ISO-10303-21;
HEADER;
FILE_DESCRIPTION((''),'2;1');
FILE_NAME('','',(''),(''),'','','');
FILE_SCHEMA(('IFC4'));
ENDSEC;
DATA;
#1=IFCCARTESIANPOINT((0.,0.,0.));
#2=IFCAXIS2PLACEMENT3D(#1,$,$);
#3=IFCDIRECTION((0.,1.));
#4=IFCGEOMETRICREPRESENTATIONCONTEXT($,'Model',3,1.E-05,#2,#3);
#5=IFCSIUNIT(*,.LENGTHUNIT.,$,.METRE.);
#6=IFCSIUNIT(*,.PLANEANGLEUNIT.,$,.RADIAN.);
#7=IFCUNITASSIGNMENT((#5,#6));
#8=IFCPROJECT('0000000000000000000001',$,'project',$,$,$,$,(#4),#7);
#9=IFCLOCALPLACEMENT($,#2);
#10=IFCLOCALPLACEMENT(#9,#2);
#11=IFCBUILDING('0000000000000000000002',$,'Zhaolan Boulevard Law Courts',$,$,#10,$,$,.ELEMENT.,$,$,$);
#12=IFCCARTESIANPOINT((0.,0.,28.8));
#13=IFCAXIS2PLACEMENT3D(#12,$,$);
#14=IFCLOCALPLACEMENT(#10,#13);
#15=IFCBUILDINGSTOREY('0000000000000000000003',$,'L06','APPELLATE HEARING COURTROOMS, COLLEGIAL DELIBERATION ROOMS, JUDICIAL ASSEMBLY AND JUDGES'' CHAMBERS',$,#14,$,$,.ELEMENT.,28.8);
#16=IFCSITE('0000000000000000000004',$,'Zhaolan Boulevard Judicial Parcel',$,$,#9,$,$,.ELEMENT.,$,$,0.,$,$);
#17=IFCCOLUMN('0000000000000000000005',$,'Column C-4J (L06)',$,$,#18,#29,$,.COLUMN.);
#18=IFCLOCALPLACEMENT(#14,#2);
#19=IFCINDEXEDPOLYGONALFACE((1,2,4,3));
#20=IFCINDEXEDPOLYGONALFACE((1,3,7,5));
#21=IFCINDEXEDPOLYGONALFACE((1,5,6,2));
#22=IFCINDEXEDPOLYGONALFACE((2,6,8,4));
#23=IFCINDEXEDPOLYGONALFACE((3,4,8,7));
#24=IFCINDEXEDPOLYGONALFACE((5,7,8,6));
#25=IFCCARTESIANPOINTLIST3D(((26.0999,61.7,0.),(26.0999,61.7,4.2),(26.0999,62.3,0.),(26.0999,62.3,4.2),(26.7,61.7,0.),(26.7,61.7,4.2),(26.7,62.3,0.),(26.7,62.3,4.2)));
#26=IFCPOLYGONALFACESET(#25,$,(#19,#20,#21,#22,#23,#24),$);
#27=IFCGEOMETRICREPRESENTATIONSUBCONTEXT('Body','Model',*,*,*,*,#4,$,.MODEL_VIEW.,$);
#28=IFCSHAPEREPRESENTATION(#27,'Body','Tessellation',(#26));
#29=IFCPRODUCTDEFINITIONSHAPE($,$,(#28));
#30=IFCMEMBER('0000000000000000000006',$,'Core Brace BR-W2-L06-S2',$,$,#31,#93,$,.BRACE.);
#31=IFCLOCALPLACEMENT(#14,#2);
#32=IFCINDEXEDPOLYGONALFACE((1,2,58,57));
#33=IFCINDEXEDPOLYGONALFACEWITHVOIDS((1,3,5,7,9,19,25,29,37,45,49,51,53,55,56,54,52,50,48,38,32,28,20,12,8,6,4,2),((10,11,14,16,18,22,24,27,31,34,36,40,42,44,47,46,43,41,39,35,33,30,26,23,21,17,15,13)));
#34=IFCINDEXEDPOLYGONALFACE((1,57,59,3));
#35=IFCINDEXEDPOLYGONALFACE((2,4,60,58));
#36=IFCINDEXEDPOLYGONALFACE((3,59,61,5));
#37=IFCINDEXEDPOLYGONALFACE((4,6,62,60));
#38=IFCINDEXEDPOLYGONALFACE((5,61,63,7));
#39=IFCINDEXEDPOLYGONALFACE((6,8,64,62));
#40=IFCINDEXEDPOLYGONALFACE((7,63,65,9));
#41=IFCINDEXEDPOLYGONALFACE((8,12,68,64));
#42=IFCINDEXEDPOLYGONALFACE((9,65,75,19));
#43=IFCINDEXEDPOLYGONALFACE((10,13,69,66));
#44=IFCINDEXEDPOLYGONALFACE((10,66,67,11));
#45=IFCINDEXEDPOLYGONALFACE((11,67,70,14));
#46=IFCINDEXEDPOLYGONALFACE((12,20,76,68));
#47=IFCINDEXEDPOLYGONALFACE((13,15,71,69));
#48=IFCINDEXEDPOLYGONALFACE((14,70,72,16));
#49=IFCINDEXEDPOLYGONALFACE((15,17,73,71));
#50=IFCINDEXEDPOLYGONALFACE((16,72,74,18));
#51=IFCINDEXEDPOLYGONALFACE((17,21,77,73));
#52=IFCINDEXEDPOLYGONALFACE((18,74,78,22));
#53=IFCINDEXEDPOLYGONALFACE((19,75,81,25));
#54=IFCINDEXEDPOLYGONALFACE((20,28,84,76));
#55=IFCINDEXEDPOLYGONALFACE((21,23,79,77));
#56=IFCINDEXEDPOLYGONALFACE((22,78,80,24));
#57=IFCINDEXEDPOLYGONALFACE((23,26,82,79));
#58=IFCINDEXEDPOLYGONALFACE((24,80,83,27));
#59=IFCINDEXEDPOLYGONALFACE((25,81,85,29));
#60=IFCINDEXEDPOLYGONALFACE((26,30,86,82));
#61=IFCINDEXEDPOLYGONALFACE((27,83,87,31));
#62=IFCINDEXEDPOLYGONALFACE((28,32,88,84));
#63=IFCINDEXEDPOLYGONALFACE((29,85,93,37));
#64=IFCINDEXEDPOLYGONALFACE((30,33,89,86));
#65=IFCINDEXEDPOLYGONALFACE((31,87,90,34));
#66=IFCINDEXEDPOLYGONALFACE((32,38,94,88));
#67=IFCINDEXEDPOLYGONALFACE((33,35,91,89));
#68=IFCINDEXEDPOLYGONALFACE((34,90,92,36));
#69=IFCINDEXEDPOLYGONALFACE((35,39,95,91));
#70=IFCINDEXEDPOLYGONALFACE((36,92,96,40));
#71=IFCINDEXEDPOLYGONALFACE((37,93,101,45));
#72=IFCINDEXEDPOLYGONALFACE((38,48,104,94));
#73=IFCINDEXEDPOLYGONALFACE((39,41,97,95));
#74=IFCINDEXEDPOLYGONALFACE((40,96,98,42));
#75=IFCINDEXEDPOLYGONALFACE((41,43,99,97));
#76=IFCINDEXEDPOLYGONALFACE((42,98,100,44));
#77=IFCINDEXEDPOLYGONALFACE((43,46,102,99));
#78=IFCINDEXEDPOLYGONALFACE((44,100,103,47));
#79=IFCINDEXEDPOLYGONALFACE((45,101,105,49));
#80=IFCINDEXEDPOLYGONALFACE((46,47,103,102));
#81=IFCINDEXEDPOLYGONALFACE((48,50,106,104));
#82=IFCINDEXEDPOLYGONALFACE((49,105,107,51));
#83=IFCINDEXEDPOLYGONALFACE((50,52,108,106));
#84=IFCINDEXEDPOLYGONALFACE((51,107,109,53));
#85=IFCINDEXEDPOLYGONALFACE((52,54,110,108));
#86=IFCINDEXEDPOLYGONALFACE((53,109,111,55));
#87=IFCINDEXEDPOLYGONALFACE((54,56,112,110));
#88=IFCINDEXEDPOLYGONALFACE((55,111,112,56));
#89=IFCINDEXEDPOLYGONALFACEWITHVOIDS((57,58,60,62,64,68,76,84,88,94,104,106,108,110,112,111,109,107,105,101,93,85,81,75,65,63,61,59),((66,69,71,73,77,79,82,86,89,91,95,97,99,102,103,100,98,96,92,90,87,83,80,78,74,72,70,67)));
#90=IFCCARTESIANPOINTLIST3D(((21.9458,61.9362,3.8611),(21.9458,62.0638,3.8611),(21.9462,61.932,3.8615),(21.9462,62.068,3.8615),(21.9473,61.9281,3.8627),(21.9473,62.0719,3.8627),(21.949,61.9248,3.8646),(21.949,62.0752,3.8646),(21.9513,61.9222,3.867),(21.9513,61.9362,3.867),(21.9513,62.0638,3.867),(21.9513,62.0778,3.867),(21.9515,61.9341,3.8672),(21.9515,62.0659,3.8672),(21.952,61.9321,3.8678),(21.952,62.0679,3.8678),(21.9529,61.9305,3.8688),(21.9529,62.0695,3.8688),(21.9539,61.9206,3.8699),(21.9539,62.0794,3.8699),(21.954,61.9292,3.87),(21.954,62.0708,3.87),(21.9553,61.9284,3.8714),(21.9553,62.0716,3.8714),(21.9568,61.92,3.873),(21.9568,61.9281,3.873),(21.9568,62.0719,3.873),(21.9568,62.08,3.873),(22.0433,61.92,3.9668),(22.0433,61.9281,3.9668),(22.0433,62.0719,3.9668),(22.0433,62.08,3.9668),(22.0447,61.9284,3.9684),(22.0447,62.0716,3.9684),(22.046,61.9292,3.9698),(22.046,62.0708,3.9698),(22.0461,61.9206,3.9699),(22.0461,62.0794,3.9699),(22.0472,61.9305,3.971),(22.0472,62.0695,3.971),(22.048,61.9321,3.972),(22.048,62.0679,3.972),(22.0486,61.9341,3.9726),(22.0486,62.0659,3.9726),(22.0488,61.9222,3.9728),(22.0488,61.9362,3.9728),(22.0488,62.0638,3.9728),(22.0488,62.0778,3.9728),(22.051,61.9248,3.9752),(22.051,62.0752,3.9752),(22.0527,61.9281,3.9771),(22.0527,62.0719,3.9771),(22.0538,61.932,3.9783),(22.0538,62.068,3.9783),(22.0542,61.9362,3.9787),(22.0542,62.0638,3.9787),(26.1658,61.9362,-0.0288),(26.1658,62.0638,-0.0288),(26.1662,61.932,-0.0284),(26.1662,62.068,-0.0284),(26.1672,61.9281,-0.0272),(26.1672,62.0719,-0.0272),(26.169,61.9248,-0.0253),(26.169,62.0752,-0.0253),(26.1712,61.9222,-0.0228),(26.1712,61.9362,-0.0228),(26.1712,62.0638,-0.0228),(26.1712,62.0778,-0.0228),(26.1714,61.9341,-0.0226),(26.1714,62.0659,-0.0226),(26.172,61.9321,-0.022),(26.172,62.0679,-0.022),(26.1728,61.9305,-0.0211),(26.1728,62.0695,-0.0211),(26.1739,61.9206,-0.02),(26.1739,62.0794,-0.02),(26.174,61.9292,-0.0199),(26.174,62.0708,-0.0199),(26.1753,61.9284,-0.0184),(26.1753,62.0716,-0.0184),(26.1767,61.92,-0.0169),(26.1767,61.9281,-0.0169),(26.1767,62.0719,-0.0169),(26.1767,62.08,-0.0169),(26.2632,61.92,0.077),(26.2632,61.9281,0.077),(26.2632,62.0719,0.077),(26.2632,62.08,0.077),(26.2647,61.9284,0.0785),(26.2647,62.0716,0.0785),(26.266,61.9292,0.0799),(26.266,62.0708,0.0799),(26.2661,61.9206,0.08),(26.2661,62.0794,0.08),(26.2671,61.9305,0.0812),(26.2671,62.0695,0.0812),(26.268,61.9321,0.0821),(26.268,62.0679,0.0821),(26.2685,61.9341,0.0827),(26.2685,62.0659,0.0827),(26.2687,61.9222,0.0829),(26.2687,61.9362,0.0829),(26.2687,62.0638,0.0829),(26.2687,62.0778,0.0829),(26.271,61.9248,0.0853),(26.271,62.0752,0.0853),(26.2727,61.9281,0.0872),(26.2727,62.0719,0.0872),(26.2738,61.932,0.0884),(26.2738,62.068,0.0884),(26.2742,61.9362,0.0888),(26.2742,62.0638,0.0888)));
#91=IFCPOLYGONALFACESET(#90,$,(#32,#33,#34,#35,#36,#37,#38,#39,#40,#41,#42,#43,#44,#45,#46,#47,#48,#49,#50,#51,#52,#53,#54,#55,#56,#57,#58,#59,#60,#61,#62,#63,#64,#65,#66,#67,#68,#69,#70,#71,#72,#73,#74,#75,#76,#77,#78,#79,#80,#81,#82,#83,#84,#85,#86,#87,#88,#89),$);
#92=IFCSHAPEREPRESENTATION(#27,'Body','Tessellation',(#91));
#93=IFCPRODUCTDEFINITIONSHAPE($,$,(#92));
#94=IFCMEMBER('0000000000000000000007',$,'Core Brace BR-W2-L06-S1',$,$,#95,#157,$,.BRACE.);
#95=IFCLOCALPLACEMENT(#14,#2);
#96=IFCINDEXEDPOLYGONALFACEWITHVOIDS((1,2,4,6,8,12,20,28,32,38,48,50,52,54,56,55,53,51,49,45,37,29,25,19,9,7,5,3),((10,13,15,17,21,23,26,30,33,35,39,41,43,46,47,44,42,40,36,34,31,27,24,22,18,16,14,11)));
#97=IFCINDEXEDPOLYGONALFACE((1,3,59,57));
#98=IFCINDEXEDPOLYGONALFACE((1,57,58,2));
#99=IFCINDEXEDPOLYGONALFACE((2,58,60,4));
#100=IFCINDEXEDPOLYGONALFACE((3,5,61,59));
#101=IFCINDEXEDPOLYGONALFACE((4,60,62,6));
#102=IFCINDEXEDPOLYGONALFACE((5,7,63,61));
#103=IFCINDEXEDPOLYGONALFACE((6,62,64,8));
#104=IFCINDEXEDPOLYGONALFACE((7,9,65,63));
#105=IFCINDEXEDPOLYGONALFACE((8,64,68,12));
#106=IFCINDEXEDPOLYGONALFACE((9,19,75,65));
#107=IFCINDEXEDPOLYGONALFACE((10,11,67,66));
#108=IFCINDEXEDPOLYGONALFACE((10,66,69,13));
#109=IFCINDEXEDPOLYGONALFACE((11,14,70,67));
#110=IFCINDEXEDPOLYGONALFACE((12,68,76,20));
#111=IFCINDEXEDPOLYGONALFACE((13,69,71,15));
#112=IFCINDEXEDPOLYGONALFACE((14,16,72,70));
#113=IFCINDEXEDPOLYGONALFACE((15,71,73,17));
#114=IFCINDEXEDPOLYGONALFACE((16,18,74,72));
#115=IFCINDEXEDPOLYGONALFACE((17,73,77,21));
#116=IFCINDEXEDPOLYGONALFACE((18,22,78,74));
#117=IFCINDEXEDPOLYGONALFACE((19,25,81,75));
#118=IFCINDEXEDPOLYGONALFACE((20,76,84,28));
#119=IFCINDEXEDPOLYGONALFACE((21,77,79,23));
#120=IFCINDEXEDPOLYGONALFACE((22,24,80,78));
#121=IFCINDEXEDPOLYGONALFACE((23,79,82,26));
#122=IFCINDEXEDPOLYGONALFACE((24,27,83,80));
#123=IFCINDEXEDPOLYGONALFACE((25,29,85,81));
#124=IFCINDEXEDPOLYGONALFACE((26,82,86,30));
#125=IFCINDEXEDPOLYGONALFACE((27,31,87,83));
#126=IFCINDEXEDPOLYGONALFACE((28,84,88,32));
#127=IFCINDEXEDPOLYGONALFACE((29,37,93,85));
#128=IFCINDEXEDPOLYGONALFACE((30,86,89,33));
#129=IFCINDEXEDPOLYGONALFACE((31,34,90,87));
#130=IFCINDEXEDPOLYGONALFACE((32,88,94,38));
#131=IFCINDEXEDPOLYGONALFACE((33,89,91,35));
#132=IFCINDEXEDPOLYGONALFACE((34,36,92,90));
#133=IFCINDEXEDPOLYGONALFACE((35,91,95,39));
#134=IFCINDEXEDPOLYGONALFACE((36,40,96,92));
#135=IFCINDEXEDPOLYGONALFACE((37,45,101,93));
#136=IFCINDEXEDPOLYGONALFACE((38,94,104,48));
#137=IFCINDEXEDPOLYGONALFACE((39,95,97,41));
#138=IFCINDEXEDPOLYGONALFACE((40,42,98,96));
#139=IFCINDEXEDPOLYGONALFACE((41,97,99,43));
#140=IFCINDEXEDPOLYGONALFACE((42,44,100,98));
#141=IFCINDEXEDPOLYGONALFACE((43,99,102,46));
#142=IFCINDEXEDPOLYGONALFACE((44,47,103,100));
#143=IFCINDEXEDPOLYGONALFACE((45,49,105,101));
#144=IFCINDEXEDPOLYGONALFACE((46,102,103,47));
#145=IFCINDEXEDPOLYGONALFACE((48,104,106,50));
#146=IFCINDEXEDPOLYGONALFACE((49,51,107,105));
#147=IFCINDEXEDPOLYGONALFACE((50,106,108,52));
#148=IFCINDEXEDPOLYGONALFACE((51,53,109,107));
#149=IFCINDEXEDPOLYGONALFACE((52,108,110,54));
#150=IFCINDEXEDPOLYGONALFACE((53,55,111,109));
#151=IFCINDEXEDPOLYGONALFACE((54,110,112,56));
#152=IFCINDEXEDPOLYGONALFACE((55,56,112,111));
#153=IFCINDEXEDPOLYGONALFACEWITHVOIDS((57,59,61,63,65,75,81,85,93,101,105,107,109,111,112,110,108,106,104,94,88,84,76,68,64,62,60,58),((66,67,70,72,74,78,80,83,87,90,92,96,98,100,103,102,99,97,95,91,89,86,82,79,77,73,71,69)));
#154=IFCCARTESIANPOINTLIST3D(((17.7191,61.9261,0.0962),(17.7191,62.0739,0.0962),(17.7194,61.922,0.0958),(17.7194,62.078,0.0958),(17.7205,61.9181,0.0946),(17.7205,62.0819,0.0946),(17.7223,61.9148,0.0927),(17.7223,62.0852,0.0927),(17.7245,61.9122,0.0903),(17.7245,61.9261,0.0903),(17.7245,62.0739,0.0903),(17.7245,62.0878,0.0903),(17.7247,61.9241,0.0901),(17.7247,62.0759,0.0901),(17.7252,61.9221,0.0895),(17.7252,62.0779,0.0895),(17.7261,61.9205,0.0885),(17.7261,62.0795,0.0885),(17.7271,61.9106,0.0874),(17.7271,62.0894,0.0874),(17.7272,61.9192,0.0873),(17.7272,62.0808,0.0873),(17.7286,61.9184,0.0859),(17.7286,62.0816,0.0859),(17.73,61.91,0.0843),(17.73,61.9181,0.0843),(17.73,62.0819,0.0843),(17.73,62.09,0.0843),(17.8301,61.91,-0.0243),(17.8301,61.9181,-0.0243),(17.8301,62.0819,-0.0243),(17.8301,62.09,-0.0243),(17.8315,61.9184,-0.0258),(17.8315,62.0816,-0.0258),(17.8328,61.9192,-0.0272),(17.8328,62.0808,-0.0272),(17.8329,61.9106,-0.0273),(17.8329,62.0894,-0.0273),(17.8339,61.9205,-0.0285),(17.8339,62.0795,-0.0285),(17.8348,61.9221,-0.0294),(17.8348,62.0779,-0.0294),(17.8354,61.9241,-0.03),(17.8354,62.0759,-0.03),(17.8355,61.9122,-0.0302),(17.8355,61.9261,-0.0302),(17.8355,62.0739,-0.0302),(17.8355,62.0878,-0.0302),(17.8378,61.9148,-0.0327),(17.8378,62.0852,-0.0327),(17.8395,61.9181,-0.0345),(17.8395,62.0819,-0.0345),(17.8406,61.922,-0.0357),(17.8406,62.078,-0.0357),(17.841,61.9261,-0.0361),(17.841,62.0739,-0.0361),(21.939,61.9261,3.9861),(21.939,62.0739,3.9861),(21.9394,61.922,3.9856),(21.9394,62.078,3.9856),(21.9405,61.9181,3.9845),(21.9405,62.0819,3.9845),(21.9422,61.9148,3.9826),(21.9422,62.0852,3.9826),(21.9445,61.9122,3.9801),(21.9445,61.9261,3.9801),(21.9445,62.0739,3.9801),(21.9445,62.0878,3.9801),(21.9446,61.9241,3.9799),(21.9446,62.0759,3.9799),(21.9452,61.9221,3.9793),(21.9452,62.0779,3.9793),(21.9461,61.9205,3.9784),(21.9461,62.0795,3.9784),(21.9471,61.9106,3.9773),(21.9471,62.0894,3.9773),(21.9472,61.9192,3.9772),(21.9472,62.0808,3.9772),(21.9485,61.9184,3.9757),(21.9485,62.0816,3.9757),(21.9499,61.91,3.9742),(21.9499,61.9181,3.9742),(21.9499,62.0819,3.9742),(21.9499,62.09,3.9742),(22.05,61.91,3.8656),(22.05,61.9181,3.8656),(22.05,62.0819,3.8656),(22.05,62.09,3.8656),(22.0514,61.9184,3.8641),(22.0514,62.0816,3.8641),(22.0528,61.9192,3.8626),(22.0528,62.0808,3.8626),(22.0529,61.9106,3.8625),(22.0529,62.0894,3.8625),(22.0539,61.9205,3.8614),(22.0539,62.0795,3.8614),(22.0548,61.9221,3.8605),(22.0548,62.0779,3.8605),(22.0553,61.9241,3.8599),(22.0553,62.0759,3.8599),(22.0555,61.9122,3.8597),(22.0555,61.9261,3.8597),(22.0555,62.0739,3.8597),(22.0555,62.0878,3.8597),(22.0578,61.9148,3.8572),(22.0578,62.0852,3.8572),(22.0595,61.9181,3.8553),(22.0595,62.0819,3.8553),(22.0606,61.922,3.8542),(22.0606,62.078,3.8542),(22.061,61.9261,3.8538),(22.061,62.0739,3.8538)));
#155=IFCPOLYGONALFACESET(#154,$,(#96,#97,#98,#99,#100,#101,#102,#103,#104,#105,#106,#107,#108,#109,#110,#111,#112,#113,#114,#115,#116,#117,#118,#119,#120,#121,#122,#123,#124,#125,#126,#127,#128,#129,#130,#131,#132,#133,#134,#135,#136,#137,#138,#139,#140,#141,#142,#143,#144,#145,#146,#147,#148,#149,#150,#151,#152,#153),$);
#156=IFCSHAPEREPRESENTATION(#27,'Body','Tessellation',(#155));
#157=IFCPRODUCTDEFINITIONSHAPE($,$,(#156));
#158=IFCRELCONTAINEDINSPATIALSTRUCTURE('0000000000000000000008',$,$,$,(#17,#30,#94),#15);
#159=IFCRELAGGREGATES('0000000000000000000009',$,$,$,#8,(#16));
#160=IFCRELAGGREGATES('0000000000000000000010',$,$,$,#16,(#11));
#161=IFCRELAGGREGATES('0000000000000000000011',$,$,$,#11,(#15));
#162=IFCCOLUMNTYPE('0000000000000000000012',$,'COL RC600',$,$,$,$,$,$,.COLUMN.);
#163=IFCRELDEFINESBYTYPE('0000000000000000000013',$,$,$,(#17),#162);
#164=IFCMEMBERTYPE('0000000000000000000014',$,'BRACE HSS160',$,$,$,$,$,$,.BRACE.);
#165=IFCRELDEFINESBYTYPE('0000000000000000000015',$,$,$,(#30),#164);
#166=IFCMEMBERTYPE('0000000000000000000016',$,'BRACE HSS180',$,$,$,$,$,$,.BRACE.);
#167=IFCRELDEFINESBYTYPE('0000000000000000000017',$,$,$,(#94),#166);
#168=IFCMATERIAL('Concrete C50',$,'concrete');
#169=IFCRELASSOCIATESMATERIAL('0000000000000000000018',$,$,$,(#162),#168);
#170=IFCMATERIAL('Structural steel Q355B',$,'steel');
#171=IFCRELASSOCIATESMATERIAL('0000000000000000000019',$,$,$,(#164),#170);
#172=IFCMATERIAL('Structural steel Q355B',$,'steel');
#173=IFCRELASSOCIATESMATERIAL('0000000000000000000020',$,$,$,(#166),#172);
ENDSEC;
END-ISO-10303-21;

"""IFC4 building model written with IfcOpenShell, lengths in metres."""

from ifc_helpers import new_model, si_unit, direction, frame, origin, origin_2d, place, context, subcontext, project, spatial, rectangle, hollow_rectangle, extrude, material, material_profile, profile_set, type_object, element, save


model = new_model("IFC4")

# Units and contexts
model_context = context("Model", 3, precision=1e-05, world=origin(), true_north=direction((0.0, 1.0)))
body_context = subcontext(model_context, "Body", "Model", "MODEL_VIEW")
ifc_project = project(units=[si_unit("LENGTHUNIT", "METRE"), si_unit("PLANEANGLEUNIT", "RADIAN")], contexts=[model_context])

# Site, building, storey
site_placement = place(None, origin())
site = spatial("IfcSite", under=ifc_project, at=site_placement, Name="Zhaolan Boulevard Judicial Parcel", CompositionType="ELEMENT", RefElevation=0.0)
building_placement = place(site_placement, origin())
building = spatial("IfcBuilding", under=site, at=building_placement, Name="Zhaolan Boulevard Law Courts", CompositionType="ELEMENT")
storey_placement = place(building_placement, frame((0.0, 0.0, 28.8)))
storey = spatial("IfcBuildingStorey", under=building, at=storey_placement, Name="L06", Description="APPELLATE HEARING COURTROOMS, COLLEGIAL DELIBERATION ROOMS, JUDICIAL ASSEMBLY AND JUDGES' CHAMBERS", CompositionType="ELEMENT", Elevation=28.8)

# Column
ifc_material_1 = material(Name="Concrete C50", Category="concrete")
ifc_material_profile_1 = material_profile(ifc_material_1, rectangle(XDim=0.6001, YDim=0.6001, at=origin_2d()), Name="RC600x600")
ifc_profile_set_1 = profile_set([ifc_material_profile_1], Name="Concrete C50")
column_type = type_object("IfcColumnType", Name="COL RC600", PredefinedType="COLUMN", material=ifc_profile_set_1)
column_placement = place(storey_placement, frame((26.3999, 62.0, 0.0), z_axis=(0.0, 0.0, 1.0), x_axis=(1.0, 0.0, 0.0)))
element("IfcColumn", 1, at=column_placement, inside=storey, type_object=column_type, Name="Column C-4J (L06)", PredefinedType="COLUMN", context=body_context, shape_type="SweptSolid", body=[
    extrude(rectangle(XDim=0.6001, YDim=0.6001, at=origin_2d()), origin(), (0.0, 0.0, 1.0), 4.2),
])

# Members
ifc_material_2 = material(Name="Structural steel Q355B", Category="steel")
ifc_material_profile_2 = material_profile(ifc_material_2, hollow_rectangle(XDim=0.1599, YDim=0.1599, WallThickness=0.0081, InnerFilletRadius=0.0081, OuterFilletRadius=0.0161, at=origin_2d()), Name="HSS160x160x8")
ifc_profile_set_2 = profile_set([ifc_material_profile_2], Name="Structural steel Q355B")
member_type_1 = type_object("IfcMemberType", Name="BRACE HSS160", PredefinedType="BRACE", material=ifc_profile_set_2)
member_1_placement = place(storey_placement, frame((26.22, 62.0, 0.03), z_axis=(-0.735278, 0.0, 0.677766), x_axis=(0.0, -1.0, 0.0)))
element("IfcMember", 2, at=member_1_placement, inside=storey, type_object=member_type_1, Name="Core Brace BR-W2-L06-S2", PredefinedType="BRACE", context=body_context, shape_type="SweptSolid", body=[
    extrude(hollow_rectangle(XDim=0.1599, YDim=0.1599, WallThickness=0.0081, InnerFilletRadius=0.0081, OuterFilletRadius=0.0161, at=origin_2d()), origin(), (0.0, 0.0, 1.0), 5.7393),
])
ifc_material_3 = material(Name="Structural steel Q355B", Category="steel")
ifc_material_profile_3 = material_profile(ifc_material_3, hollow_rectangle(XDim=0.1799, YDim=0.1799, WallThickness=0.0081, InnerFilletRadius=0.0081, OuterFilletRadius=0.0161, at=origin_2d()), Name="HSS180x180x8")
ifc_profile_set_3 = profile_set([ifc_material_profile_3], Name="Structural steel Q355B")
member_type_2 = type_object("IfcMemberType", Name="BRACE HSS180", PredefinedType="BRACE", material=ifc_profile_set_3)
member_2_placement = place(storey_placement, frame((17.78, 62.0, 0.03), z_axis=(0.735278, 0.0, 0.677766), x_axis=(0.0, 1.0, 0.0)))
element("IfcMember", 3, at=member_2_placement, inside=storey, type_object=member_type_2, Name="Core Brace BR-W2-L06-S1", PredefinedType="BRACE", context=body_context, shape_type="SweptSolid", body=[
    extrude(hollow_rectangle(XDim=0.1799, YDim=0.1799, WallThickness=0.0081, InnerFilletRadius=0.0081, OuterFilletRadius=0.0161, at=origin_2d()), origin(), (0.0, 0.0, 1.0), 5.7393),
])

save(model, "model.ifc")
